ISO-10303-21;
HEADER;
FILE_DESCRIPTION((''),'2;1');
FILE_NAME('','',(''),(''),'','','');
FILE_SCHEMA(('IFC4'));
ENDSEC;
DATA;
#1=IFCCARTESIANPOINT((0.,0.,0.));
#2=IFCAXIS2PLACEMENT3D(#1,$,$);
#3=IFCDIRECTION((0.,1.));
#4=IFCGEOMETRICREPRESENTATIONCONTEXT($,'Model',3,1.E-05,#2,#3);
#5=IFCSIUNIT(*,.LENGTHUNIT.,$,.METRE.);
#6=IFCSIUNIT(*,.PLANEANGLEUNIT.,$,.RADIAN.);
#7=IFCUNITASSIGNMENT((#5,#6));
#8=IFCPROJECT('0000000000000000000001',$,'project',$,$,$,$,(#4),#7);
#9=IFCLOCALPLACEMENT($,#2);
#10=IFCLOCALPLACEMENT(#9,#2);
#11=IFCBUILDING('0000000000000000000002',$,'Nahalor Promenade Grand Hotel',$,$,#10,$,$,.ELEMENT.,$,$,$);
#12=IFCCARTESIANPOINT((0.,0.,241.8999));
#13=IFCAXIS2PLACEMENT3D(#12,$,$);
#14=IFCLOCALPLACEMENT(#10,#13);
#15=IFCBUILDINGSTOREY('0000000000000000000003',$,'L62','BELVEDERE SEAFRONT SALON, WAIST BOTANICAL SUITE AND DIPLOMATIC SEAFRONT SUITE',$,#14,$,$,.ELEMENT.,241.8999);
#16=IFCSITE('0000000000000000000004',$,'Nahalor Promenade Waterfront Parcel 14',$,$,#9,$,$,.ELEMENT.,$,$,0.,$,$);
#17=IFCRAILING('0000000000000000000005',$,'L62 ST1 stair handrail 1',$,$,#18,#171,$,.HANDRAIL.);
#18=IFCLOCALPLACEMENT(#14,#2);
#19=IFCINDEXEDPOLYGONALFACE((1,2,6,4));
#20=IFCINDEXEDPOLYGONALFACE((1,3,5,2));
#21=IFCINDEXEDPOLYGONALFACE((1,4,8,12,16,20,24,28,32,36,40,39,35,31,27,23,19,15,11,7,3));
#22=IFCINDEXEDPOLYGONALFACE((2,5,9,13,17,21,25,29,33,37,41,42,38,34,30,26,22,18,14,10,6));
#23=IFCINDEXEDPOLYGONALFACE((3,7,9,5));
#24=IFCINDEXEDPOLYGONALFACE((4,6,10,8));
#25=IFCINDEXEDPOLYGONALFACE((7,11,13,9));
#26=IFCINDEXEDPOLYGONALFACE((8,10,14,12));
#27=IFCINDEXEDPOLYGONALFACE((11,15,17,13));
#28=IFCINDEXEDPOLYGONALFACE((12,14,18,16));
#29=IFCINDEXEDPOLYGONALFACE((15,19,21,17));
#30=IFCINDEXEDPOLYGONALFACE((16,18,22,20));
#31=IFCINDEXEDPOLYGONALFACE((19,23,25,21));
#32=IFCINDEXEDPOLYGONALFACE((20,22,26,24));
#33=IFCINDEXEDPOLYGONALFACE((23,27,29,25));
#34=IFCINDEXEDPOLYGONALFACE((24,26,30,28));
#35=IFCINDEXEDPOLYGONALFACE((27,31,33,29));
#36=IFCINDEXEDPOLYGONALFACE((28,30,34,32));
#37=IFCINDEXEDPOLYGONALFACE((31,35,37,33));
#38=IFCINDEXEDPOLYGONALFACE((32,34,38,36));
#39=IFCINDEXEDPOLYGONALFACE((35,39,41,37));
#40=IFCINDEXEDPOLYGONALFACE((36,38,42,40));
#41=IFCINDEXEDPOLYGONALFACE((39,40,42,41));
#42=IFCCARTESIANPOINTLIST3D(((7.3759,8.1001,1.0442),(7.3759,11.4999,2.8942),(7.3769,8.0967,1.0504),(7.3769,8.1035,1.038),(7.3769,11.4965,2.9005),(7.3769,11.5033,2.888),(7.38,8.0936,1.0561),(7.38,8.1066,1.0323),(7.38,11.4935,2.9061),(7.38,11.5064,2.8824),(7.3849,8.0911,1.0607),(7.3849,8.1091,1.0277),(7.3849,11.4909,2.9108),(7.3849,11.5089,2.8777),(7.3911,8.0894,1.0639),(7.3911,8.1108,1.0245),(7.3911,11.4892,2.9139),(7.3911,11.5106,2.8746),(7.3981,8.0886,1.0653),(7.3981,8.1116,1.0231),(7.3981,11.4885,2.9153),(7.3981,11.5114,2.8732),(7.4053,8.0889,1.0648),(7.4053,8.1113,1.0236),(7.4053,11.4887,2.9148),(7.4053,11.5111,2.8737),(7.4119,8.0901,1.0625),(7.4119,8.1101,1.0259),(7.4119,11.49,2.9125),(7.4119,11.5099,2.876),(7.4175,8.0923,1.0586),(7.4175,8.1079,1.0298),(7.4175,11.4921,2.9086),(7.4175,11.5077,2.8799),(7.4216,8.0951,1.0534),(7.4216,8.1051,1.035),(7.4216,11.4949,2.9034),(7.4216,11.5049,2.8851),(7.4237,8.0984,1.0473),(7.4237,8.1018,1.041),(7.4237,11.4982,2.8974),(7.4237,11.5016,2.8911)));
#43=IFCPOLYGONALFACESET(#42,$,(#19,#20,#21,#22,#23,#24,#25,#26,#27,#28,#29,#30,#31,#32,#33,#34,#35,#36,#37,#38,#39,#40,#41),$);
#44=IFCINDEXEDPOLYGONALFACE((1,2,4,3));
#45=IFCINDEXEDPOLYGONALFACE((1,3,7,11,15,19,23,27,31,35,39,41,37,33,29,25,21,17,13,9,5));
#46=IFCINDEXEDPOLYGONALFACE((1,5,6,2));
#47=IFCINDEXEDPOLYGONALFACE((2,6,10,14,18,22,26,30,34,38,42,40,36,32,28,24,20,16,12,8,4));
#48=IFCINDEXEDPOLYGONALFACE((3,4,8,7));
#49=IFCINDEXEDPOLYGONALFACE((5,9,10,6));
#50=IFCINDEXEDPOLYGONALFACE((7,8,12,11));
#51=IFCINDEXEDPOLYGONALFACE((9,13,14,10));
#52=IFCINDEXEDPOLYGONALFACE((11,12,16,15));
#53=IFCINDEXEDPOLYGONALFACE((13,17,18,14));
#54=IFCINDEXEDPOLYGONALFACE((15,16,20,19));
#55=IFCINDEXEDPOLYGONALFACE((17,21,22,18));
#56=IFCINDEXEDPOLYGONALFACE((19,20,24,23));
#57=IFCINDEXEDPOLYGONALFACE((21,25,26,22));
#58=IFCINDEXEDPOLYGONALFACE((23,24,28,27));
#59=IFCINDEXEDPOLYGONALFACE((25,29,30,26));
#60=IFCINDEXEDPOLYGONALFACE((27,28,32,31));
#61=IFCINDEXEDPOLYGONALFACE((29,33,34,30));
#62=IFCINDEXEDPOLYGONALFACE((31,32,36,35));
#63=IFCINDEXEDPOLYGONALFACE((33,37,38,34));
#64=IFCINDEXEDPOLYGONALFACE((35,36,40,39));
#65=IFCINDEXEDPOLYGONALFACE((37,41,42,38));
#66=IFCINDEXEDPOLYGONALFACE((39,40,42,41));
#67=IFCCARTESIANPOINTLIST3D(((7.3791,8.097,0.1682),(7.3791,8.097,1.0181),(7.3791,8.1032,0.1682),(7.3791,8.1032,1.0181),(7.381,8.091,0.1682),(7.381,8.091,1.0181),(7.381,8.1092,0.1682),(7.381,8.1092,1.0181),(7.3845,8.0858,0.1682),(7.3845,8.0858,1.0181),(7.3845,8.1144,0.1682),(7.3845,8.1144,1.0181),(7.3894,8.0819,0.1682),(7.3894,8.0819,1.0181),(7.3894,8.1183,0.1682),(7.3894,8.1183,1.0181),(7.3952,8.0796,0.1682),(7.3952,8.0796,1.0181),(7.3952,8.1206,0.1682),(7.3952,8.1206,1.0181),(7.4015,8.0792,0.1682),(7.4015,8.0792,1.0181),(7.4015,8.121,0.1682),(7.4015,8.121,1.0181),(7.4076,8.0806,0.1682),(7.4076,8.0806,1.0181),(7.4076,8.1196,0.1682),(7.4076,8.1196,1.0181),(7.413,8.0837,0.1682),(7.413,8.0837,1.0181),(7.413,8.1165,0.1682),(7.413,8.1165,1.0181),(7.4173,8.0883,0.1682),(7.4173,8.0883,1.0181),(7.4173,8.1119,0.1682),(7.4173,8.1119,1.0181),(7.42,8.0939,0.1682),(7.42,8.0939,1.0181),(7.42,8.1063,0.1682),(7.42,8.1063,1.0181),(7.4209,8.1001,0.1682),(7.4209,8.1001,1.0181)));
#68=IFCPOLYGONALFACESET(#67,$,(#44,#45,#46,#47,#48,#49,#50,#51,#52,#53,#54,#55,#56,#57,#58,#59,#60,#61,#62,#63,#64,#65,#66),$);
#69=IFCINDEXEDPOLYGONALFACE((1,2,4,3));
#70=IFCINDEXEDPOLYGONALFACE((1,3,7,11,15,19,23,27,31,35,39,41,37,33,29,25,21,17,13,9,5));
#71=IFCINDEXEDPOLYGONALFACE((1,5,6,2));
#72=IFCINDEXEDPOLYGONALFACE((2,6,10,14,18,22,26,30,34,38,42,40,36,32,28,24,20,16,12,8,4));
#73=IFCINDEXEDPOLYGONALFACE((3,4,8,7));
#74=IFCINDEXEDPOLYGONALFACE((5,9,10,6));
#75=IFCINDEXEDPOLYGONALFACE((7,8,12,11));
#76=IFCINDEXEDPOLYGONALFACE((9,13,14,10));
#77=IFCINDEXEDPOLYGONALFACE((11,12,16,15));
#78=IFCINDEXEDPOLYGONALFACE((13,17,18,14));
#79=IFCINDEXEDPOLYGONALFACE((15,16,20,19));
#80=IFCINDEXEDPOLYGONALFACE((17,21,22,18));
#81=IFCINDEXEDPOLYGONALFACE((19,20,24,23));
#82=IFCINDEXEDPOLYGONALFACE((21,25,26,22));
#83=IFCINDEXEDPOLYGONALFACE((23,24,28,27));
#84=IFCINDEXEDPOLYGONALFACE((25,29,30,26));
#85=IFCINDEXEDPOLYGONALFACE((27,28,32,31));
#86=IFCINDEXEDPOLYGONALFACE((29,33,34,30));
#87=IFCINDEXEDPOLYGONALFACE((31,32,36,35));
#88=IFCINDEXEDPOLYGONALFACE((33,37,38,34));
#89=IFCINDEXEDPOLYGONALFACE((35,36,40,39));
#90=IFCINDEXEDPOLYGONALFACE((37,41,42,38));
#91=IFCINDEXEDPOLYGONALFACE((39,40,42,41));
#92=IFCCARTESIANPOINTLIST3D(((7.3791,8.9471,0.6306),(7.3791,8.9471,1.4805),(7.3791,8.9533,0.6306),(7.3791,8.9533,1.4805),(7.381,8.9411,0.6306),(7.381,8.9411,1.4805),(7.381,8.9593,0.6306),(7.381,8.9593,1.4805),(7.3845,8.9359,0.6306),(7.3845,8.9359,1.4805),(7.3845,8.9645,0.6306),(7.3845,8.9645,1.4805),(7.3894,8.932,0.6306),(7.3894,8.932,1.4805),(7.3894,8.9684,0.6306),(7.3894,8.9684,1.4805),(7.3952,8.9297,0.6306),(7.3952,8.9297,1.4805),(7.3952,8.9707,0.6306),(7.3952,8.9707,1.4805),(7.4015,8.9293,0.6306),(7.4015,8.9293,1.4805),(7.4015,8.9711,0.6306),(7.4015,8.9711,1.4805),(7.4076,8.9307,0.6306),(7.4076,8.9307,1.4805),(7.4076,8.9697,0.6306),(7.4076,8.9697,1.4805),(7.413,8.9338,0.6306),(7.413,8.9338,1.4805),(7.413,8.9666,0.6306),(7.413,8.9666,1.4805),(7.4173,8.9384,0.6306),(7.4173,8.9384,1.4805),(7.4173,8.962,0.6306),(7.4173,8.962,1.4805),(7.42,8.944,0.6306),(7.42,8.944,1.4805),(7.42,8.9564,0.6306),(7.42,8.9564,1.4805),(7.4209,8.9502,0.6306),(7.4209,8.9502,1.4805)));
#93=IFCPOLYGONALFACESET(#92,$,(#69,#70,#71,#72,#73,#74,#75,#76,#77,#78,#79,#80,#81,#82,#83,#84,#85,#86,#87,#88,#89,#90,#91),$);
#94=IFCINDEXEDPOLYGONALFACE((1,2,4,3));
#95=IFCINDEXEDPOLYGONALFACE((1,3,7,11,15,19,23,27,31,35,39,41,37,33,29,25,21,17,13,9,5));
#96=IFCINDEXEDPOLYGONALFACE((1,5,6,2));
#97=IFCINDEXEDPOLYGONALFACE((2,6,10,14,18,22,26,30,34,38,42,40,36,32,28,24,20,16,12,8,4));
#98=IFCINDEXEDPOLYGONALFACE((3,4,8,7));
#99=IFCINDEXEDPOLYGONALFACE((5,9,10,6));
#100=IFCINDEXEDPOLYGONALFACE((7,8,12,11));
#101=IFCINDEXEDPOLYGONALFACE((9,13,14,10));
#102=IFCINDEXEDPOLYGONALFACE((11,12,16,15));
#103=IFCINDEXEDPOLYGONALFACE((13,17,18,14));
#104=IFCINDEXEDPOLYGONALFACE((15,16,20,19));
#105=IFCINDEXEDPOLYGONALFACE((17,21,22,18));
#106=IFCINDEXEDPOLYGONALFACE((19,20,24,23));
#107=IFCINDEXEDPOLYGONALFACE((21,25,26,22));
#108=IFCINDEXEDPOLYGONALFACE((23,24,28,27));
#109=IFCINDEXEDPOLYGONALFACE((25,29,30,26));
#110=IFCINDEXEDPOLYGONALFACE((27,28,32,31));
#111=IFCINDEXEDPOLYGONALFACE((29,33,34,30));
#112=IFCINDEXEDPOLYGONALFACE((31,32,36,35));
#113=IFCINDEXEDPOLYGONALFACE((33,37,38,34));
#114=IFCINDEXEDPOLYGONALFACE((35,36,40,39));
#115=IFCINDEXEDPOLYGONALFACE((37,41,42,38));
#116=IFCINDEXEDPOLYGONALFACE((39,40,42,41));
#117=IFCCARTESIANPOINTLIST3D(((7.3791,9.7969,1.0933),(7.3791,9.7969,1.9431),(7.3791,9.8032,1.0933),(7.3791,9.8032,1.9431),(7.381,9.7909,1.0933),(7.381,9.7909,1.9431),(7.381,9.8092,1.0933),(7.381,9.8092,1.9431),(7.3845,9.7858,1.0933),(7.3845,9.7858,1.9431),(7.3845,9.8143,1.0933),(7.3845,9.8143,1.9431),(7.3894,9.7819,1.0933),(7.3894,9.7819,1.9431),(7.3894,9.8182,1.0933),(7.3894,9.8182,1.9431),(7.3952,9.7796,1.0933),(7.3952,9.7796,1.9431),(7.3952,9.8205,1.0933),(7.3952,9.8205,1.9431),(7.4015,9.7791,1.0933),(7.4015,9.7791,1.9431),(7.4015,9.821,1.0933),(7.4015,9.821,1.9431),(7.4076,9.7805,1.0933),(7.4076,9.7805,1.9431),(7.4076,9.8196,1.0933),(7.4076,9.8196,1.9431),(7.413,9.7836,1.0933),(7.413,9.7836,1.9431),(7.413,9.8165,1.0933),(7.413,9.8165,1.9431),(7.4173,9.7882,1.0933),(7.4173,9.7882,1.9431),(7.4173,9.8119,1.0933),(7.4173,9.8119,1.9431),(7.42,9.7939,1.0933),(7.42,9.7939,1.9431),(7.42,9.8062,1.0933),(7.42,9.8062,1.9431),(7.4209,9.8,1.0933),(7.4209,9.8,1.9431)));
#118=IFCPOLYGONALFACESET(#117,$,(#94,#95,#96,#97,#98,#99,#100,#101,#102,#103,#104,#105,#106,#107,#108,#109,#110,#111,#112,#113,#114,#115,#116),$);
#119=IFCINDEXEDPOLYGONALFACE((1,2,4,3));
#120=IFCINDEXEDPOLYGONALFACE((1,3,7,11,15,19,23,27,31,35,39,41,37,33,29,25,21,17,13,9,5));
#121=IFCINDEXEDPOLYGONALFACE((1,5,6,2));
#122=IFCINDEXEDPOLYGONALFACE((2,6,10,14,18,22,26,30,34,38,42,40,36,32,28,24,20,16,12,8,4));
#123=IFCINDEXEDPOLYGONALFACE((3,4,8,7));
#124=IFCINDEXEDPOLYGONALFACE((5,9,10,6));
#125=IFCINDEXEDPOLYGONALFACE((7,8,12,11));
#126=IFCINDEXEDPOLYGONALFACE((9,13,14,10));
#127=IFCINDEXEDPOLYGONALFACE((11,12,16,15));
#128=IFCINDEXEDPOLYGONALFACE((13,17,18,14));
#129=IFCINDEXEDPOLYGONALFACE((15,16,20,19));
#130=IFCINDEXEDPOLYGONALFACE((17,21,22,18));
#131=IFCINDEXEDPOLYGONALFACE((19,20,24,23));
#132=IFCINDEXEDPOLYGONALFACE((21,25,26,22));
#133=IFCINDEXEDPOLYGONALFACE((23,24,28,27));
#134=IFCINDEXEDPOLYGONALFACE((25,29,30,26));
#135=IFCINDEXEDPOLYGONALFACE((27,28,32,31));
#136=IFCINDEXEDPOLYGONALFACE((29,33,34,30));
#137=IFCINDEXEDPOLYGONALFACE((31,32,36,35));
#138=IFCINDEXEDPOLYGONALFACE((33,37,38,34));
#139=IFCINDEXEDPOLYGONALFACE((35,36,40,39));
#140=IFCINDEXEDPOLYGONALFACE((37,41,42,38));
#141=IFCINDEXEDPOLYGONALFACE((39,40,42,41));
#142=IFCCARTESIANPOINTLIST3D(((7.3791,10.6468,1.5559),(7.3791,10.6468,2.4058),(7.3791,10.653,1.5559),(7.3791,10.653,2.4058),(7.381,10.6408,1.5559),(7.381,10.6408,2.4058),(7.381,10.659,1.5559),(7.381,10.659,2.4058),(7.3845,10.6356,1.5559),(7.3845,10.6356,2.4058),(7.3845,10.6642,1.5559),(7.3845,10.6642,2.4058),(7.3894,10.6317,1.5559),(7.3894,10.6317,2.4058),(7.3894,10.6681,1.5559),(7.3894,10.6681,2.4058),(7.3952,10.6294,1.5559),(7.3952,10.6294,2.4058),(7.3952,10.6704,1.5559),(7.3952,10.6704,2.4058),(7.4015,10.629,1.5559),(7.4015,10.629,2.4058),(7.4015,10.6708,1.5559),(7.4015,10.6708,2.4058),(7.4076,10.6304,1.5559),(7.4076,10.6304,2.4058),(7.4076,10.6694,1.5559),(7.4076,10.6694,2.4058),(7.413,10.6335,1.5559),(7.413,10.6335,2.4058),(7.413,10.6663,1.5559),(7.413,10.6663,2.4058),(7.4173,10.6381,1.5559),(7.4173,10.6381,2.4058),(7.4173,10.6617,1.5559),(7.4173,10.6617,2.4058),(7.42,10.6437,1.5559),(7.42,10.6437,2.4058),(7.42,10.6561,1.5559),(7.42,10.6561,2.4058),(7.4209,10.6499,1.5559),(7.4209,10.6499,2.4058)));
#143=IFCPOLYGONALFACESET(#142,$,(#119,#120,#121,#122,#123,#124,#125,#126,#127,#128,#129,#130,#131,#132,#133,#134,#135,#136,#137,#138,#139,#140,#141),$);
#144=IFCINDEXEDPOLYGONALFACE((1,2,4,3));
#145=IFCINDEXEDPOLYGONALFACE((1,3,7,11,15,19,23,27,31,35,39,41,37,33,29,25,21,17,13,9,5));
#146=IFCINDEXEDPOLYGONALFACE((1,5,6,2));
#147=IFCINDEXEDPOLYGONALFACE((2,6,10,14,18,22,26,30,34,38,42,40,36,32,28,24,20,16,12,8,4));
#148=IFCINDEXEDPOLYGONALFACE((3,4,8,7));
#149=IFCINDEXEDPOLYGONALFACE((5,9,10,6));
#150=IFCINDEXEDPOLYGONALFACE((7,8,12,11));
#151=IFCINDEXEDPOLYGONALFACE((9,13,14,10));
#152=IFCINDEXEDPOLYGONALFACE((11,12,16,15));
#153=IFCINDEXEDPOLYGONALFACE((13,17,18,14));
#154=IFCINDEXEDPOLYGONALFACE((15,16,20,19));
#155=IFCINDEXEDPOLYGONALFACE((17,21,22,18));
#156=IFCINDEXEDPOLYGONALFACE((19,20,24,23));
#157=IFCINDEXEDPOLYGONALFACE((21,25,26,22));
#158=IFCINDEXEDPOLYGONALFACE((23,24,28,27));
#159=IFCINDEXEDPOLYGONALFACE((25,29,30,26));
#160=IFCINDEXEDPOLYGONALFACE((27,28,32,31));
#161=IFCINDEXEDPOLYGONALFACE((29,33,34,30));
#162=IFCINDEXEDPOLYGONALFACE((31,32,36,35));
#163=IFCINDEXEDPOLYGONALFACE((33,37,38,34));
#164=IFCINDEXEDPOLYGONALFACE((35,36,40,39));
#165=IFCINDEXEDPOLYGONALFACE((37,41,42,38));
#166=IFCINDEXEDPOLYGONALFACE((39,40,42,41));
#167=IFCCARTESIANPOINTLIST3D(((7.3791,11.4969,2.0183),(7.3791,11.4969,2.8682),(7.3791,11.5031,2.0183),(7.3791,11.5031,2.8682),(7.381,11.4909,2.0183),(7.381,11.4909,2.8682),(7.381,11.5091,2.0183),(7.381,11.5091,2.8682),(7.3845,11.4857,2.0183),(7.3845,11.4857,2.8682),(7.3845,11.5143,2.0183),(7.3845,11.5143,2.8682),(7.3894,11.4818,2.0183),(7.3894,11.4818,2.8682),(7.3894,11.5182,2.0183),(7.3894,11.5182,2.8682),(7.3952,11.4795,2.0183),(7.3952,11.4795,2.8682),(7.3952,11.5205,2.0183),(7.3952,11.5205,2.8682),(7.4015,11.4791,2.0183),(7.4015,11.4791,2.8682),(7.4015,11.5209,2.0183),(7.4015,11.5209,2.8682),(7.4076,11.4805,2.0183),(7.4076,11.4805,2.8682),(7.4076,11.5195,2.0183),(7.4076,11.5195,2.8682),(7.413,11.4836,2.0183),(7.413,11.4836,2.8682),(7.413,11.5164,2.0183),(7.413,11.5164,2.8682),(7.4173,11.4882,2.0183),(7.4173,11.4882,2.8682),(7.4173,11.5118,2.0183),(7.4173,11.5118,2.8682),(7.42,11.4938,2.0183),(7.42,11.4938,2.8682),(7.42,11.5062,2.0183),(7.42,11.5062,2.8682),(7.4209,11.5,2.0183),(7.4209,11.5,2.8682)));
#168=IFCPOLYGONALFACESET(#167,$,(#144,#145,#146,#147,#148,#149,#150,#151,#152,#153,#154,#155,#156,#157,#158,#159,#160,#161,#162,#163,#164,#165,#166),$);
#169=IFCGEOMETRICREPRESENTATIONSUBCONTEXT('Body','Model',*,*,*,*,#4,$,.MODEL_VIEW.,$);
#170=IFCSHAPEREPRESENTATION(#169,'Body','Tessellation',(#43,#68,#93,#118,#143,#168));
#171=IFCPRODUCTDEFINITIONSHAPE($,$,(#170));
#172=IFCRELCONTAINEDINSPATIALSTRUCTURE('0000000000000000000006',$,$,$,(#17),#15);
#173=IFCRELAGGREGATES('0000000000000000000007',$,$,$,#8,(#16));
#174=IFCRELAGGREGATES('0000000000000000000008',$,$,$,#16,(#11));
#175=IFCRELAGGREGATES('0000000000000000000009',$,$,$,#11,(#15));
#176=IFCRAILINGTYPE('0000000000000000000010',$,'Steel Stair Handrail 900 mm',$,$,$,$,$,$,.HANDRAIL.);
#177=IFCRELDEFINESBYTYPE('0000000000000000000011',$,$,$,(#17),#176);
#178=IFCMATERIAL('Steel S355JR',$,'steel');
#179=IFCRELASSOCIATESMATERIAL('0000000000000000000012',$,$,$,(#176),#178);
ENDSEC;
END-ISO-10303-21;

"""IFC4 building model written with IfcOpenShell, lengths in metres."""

from ifc_helpers import new_model, si_unit, direction, frame, origin, origin_2d, place, context, subcontext, project, spatial, circle, extrude, material, type_object, element, save


model = new_model("IFC4")

# Units and contexts
model_context = context("Model", 3, precision=1e-05, world=origin(), true_north=direction((0.0, 1.0)))
body_context = subcontext(model_context, "Body", "Model", "MODEL_VIEW")
ifc_project = project(units=[si_unit("LENGTHUNIT", "METRE"), si_unit("PLANEANGLEUNIT", "RADIAN")], contexts=[model_context])

# Site, building, storey
site_placement = place(None, origin())
site = spatial("IfcSite", under=ifc_project, at=site_placement, Name="Nahalor Promenade Waterfront Parcel 14", CompositionType="ELEMENT", RefElevation=0.0)
building_placement = place(site_placement, origin())
building = spatial("IfcBuilding", under=site, at=building_placement, Name="Nahalor Promenade Grand Hotel", CompositionType="ELEMENT")
storey_placement = place(building_placement, frame((0.0, 0.0, 241.8999)))
storey = spatial("IfcBuildingStorey", under=building, at=storey_placement, Name="L62", Description="BELVEDERE SEAFRONT SALON, WAIST BOTANICAL SUITE AND DIPLOMATIC SEAFRONT SUITE", CompositionType="ELEMENT", Elevation=241.8999)

# Shared definitions
ifc_material_1 = material(Name="Steel S355JR", Category="steel")

# Railing
railing_type_1 = type_object("IfcRailingType", Name="Steel Stair Handrail 900 mm", PredefinedType="HANDRAIL", material=ifc_material_1)
railing_1_placement = place(storey_placement, frame((7.3999, 8.1001, 0.1682)))
element("IfcRailing", 1, at=railing_1_placement, inside=storey, type_object=railing_type_1, Name="L62 ST1 stair handrail 1", PredefinedType="HANDRAIL", context=body_context, shape_type="SweptSolid", body=[
    extrude(circle(Radius=0.024, at=origin_2d()), frame((0.0, 0.0, 0.876), z_axis=(0.0, 0.878372, 0.477977), x_axis=(-1.0, 0.0, 0.0)), (0.0, 0.0, 1.0), 3.8706),
    extrude(circle(Radius=0.021, at=origin_2d()), origin(), (0.0, 0.0, 1.0), 0.8499),
    extrude(circle(Radius=0.021, at=origin_2d()), frame((0.0, 0.8501, 0.4624)), (0.0, 0.0, 1.0), 0.8499),
    extrude(circle(Radius=0.021, at=origin_2d()), frame((0.0, 1.7, 0.925)), (0.0, 0.0, 1.0), 0.8499),
    extrude(circle(Radius=0.021, at=origin_2d()), frame((0.0, 2.5498, 1.3877)), (0.0, 0.0, 1.0), 0.8499),
    extrude(circle(Radius=0.021, at=origin_2d()), frame((0.0, 3.3999, 1.8501)), (0.0, 0.0, 1.0), 0.8499),
])

save(model, "model.ifc")
